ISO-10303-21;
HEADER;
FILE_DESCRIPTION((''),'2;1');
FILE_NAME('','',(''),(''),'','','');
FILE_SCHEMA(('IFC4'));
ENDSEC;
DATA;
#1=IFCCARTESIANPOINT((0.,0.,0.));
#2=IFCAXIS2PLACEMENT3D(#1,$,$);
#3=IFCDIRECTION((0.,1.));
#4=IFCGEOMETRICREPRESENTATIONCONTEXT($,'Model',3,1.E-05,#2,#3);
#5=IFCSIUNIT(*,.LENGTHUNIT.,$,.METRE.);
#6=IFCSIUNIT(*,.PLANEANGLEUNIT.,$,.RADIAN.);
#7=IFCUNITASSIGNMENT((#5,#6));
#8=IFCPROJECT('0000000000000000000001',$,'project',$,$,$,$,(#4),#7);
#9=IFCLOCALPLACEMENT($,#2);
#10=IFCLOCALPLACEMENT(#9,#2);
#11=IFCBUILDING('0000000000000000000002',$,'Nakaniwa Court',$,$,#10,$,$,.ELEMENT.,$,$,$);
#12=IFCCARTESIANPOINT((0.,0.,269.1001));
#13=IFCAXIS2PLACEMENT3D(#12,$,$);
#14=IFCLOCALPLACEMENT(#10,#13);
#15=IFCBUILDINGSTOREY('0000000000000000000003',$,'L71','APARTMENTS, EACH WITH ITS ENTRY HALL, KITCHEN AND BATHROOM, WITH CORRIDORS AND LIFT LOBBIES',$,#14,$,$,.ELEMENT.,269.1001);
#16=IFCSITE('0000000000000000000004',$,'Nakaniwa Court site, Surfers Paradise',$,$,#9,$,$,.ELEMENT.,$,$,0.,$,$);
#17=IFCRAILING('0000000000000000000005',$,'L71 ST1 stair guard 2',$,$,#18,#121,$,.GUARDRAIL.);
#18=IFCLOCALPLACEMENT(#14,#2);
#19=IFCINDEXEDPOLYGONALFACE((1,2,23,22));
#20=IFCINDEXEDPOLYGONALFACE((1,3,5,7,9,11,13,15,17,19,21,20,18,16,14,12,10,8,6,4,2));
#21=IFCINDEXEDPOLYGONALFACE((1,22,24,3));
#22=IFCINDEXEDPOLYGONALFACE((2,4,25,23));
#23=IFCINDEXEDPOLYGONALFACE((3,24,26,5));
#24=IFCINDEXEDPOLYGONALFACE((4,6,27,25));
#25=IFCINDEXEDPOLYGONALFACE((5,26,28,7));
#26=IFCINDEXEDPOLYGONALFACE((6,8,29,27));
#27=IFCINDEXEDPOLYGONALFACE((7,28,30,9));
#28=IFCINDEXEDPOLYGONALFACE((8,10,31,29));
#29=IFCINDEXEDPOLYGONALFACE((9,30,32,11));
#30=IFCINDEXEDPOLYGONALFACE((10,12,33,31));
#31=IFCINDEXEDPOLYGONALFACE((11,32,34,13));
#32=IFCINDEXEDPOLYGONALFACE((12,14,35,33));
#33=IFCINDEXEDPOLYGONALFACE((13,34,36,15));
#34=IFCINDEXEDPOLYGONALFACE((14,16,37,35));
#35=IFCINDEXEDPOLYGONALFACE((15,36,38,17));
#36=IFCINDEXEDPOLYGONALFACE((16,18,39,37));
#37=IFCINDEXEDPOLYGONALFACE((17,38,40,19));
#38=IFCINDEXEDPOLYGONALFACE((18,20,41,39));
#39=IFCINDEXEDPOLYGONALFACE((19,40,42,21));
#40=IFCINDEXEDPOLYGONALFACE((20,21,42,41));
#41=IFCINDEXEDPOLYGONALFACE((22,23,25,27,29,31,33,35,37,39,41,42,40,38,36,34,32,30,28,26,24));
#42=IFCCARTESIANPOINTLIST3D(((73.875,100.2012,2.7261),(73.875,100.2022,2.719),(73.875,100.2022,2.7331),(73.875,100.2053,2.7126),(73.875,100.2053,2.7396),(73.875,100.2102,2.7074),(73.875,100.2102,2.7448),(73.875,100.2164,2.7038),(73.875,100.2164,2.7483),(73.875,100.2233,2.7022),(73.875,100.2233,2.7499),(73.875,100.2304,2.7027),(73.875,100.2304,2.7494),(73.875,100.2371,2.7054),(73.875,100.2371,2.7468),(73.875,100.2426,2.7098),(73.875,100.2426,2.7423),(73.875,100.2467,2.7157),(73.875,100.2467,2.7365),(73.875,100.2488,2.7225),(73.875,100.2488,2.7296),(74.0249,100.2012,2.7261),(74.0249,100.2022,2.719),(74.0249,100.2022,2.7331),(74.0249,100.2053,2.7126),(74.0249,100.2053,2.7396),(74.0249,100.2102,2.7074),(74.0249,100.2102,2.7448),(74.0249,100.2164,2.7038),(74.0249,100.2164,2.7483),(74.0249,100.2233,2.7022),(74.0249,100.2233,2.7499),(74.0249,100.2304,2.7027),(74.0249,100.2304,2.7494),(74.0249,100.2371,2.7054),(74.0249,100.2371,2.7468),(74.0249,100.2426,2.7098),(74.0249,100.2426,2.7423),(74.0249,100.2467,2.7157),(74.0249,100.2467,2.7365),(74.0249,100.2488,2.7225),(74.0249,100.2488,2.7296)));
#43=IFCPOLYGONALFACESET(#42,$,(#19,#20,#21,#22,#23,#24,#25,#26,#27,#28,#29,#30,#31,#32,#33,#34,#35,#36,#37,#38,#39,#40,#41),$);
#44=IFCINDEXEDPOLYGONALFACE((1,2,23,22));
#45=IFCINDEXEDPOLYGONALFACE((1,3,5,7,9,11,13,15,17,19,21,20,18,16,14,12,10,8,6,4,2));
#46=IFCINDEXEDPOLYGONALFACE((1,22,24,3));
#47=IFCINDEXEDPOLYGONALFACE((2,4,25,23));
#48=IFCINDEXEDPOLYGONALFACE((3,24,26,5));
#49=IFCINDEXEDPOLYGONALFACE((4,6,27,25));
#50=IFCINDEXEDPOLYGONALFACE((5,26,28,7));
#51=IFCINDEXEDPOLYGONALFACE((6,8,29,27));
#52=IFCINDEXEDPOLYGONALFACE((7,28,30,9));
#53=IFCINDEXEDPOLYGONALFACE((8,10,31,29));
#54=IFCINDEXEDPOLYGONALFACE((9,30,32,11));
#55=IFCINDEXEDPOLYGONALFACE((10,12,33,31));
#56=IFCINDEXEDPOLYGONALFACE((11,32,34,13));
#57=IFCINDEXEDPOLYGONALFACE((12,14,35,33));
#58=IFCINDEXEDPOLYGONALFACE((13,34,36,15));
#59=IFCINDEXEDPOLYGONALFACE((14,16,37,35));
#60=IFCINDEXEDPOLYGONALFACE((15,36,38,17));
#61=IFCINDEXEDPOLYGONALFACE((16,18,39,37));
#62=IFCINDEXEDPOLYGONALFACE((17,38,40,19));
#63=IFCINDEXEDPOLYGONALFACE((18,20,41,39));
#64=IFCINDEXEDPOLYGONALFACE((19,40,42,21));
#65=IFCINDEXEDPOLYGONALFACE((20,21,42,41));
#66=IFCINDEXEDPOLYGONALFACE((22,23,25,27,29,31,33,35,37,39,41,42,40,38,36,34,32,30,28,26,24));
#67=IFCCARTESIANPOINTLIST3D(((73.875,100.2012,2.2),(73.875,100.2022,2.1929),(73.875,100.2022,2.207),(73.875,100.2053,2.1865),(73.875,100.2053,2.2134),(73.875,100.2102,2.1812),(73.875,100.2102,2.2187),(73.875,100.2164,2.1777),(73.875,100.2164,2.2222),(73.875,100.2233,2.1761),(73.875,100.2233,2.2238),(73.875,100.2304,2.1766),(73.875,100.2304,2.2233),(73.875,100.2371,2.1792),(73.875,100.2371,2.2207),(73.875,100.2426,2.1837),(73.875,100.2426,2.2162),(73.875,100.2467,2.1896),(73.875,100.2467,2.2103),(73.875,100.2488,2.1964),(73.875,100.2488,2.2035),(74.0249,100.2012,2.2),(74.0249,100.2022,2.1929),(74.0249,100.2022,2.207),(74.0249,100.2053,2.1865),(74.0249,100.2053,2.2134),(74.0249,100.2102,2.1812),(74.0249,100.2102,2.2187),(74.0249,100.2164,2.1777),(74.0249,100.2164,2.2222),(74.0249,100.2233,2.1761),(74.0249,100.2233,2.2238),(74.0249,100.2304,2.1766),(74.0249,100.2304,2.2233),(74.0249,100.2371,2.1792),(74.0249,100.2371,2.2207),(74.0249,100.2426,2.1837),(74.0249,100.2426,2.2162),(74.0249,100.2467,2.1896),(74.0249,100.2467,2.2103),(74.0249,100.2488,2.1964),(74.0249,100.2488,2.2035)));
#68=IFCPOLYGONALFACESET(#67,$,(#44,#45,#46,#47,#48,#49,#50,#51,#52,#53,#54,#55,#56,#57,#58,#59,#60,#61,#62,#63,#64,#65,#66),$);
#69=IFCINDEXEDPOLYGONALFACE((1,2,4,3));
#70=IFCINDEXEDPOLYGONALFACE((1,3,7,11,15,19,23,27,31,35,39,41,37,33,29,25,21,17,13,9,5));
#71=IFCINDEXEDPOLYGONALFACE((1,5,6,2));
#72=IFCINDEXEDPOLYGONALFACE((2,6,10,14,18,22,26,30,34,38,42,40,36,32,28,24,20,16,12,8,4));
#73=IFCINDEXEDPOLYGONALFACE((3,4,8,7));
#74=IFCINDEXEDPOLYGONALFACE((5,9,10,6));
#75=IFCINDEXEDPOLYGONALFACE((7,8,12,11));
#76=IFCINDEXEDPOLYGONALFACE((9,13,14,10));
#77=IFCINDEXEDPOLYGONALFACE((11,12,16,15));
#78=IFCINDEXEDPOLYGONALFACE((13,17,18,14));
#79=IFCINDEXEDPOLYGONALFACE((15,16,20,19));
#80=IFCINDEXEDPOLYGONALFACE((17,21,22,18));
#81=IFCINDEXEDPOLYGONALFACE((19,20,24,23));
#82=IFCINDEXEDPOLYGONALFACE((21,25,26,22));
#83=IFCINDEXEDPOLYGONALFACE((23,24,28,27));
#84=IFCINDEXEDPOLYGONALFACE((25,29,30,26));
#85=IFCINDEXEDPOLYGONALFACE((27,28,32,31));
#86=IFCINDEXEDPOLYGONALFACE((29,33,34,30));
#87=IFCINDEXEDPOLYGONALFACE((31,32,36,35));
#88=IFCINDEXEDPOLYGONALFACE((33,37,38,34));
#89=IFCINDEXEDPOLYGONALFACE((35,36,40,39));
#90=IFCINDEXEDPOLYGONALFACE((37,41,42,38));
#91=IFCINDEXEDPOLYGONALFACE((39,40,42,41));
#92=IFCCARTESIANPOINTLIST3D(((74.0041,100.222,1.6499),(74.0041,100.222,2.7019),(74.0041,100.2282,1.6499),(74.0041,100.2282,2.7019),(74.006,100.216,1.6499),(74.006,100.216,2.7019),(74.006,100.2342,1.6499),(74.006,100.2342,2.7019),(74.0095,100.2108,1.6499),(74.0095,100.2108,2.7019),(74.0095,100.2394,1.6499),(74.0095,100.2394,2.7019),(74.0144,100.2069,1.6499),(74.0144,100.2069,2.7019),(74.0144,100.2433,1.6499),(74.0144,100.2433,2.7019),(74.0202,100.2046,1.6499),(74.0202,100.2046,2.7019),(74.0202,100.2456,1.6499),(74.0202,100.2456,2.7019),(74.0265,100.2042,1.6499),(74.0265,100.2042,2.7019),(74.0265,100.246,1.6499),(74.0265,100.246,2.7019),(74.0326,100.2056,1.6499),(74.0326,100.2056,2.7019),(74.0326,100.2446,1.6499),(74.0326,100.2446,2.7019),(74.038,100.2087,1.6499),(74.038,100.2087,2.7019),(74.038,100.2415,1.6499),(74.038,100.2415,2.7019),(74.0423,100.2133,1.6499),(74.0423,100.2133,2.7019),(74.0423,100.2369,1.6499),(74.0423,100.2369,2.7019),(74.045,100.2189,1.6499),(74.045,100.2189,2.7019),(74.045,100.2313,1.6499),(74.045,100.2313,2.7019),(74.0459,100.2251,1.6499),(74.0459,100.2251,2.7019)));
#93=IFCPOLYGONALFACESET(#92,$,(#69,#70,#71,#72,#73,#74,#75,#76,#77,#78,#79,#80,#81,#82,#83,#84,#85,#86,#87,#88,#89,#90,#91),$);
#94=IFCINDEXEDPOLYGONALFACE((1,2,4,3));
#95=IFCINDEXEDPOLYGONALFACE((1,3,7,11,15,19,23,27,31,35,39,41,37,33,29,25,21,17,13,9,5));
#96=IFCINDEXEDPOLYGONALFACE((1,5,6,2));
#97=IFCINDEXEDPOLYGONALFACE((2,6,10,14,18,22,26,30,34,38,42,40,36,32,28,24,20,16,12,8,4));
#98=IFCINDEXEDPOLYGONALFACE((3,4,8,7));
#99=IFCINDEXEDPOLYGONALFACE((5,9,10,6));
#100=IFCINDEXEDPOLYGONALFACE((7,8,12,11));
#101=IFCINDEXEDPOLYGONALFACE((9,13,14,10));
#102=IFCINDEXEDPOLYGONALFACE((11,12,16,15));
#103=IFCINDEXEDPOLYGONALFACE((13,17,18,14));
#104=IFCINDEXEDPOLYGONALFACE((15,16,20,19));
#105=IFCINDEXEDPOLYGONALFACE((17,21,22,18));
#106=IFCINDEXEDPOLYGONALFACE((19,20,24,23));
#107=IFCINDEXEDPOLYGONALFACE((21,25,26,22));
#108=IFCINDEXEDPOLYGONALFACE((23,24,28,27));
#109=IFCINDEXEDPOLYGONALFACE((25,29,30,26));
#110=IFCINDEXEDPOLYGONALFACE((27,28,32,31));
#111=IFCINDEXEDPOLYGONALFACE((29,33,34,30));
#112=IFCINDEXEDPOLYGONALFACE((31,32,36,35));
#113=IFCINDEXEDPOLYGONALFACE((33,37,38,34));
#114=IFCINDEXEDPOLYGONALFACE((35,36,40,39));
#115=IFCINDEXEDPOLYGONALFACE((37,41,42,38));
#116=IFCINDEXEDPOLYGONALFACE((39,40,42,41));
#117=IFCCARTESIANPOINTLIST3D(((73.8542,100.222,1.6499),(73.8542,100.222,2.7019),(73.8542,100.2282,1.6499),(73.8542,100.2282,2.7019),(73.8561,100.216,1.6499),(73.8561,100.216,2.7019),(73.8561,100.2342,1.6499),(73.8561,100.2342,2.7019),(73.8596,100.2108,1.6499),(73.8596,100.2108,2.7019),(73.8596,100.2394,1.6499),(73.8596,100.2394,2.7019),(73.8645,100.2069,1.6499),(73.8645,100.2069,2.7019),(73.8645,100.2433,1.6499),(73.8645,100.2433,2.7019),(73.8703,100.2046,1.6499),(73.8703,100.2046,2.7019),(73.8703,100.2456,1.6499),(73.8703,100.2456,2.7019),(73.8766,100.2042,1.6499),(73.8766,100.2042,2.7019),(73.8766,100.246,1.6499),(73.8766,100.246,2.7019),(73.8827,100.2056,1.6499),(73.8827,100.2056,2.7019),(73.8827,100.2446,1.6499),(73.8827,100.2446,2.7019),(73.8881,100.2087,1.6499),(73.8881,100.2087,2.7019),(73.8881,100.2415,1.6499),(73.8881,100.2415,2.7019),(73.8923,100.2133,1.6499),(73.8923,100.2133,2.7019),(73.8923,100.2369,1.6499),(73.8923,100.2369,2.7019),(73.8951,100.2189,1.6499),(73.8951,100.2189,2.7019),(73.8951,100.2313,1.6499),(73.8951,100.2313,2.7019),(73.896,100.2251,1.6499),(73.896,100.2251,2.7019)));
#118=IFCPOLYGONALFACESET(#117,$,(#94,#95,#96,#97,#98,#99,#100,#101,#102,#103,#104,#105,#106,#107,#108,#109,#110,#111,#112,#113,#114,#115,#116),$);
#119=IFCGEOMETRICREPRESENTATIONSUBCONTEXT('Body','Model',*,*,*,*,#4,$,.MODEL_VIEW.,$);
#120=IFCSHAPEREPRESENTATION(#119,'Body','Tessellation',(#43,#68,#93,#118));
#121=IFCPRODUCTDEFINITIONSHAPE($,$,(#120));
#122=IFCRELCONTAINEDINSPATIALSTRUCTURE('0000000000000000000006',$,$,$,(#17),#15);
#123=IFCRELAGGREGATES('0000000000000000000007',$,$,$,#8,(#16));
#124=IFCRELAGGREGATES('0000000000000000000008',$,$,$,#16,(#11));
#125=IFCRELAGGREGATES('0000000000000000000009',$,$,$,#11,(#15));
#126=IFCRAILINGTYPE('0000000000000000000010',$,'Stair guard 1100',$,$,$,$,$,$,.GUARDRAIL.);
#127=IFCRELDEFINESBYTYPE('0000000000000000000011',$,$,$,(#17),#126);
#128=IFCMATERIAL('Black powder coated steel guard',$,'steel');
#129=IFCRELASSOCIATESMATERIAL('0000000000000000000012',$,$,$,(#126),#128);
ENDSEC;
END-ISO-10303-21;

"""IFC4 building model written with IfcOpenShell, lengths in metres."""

from ifc_helpers import new_model, si_unit, direction, frame, origin, origin_2d, place, context, subcontext, project, spatial, circle, extrude, material, type_object, element, save


model = new_model("IFC4")

# Units and contexts
model_context = context("Model", 3, precision=1e-05, world=origin(), true_north=direction((0.0, 1.0)))
body_context = subcontext(model_context, "Body", "Model", "MODEL_VIEW")
ifc_project = project(units=[si_unit("LENGTHUNIT", "METRE"), si_unit("PLANEANGLEUNIT", "RADIAN")], contexts=[model_context])

# Site, building, storey
site_placement = place(None, origin())
site = spatial("IfcSite", under=ifc_project, at=site_placement, Name="Nakaniwa Court site, Surfers Paradise", CompositionType="ELEMENT", RefElevation=0.0)
building_placement = place(site_placement, origin())
building = spatial("IfcBuilding", under=site, at=building_placement, Name="Nakaniwa Court", CompositionType="ELEMENT")
storey_placement = place(building_placement, frame((0.0, 0.0, 269.1001)))
storey = spatial("IfcBuildingStorey", under=building, at=storey_placement, Name="L71", Description="APARTMENTS, EACH WITH ITS ENTRY HALL, KITCHEN AND BATHROOM, WITH CORRIDORS AND LIFT LOBBIES", CompositionType="ELEMENT", Elevation=269.1001)

# Railing
ifc_material_1 = material(Name="Black powder coated steel guard", Category="steel")
railing_type_1 = type_object("IfcRailingType", Name="Stair guard 1100", PredefinedType="GUARDRAIL", material=ifc_material_1)
railing_1_placement = place(storey_placement, frame((74.0249, 100.2251, 1.6499)))
element("IfcRailing", 1, at=railing_1_placement, inside=storey, type_object=railing_type_1, Name="L71 ST1 stair guard 2", PredefinedType="GUARDRAIL", context=body_context, shape_type="SweptSolid", body=[
    extrude(circle(Radius=0.0239, at=origin_2d()), frame((0.0, 0.0, 1.0762), z_axis=(-1.0, 0.0, 0.0), x_axis=(0.0, -1.0, 0.0)), (0.0, 0.0, 1.0), 0.1499),
    extrude(circle(Radius=0.0239, at=origin_2d()), frame((0.0, 0.0, 0.55), z_axis=(-1.0, 0.0, 0.0), x_axis=(0.0, -1.0, 0.0)), (0.0, 0.0, 1.0), 0.1499),
    extrude(circle(Radius=0.021, at=origin_2d()), origin(), (0.0, 0.0, 1.0), 1.052),
    extrude(circle(Radius=0.021, at=origin_2d()), frame((-0.1499, 0.0, 0.0)), (0.0, 0.0, 1.0), 1.052),
])

save(model, "model.ifc")
